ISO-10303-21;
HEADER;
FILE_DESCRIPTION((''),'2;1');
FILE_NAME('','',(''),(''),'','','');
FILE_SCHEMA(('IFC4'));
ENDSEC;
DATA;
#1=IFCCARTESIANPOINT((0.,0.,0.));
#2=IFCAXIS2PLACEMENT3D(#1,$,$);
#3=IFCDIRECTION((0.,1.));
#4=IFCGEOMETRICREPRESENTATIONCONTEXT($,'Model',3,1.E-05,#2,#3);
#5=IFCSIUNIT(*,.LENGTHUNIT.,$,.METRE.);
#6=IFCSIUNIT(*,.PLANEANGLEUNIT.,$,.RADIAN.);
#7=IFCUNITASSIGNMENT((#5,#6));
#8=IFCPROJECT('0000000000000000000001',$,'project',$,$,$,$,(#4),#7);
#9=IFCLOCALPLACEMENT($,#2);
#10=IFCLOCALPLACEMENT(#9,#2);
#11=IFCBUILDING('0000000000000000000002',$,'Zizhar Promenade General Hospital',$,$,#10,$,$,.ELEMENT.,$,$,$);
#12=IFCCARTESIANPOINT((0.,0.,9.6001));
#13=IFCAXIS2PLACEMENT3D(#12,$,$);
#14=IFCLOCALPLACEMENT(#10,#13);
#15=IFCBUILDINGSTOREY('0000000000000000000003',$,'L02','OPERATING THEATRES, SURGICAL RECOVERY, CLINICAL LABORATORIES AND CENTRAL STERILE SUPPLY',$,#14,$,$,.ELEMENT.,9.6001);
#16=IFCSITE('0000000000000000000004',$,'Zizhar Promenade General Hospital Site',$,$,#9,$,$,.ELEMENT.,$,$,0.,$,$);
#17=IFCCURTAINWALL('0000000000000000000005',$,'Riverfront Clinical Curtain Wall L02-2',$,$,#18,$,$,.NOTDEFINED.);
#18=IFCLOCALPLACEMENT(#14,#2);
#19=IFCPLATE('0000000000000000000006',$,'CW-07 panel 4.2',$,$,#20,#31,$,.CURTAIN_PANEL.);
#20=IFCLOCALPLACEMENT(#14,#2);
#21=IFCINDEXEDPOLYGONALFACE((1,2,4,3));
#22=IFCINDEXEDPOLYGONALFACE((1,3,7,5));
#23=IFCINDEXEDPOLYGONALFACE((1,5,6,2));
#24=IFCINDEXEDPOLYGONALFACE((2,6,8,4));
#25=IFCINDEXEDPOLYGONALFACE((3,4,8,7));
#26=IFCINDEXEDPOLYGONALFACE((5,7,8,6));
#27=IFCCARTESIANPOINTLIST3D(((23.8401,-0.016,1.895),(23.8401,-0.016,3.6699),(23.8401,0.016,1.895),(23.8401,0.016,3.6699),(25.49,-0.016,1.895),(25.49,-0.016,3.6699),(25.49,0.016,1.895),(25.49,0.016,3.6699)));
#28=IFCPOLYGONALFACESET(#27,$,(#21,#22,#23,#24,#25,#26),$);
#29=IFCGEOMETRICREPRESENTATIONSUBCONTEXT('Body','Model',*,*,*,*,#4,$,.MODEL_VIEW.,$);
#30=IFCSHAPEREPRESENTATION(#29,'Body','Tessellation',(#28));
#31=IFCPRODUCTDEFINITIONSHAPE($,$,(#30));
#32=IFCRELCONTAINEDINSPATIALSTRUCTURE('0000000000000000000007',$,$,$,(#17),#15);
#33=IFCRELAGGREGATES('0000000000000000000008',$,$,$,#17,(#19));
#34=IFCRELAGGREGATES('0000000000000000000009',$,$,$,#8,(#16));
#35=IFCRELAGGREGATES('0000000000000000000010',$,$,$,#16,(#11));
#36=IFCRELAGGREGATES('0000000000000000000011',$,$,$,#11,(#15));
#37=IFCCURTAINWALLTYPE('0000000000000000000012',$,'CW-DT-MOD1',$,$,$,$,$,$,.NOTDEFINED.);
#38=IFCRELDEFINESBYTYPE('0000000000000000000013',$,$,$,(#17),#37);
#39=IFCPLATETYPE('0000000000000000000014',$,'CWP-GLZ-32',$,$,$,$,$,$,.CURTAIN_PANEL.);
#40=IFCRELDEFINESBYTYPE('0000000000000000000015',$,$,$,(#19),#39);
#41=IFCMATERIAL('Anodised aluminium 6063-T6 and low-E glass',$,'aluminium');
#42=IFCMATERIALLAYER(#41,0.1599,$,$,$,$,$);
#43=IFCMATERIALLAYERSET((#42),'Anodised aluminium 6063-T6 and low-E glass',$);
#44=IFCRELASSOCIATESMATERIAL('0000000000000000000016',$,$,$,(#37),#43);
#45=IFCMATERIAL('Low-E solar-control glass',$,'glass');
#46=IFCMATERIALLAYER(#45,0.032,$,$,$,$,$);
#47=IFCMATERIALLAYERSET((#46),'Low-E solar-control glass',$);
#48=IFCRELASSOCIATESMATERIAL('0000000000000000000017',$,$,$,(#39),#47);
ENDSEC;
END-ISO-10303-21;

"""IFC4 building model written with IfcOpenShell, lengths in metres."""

from ifc_helpers import new_model, si_unit, direction, frame, origin, origin_2d, place, context, subcontext, project, spatial, rectangle, extrude, material, layer, layer_set, type_object, element, aggregate, save


model = new_model("IFC4")

# Units and contexts
model_context = context("Model", 3, precision=1e-05, world=origin(), true_north=direction((0.0, 1.0)))
body_context = subcontext(model_context, "Body", "Model", "MODEL_VIEW")
ifc_project = project(units=[si_unit("LENGTHUNIT", "METRE"), si_unit("PLANEANGLEUNIT", "RADIAN")], contexts=[model_context])

# Site, building, storey
site_placement = place(None, origin())
site = spatial("IfcSite", under=ifc_project, at=site_placement, Name="Zizhar Promenade General Hospital Site", CompositionType="ELEMENT", RefElevation=0.0)
building_placement = place(site_placement, origin())
building = spatial("IfcBuilding", under=site, at=building_placement, Name="Zizhar Promenade General Hospital", CompositionType="ELEMENT")
storey_placement = place(building_placement, frame((0.0, 0.0, 9.6001)))
storey = spatial("IfcBuildingStorey", under=building, at=storey_placement, Name="L02", Description="OPERATING THEATRES, SURGICAL RECOVERY, CLINICAL LABORATORIES AND CENTRAL STERILE SUPPLY", CompositionType="ELEMENT", Elevation=9.6001)

# Curtain wall, plate
ifc_material_1 = material(Name="Anodised aluminium 6063-T6 and low-E glass", Category="aluminium")
ifc_layer_1 = layer(ifc_material_1, 0.1599)
ifc_layer_set_1 = layer_set([ifc_layer_1], Name="Anodised aluminium 6063-T6 and low-E glass")
curtain_wall_type = type_object("IfcCurtainWallType", Name="CW-DT-MOD1", PredefinedType="NOTDEFINED", material=ifc_layer_set_1)
curtain_wall_placement = place(storey_placement, origin())
curtain_wall = element("IfcCurtainWall", 1, at=curtain_wall_placement, inside=storey, type_object=curtain_wall_type, Name="Riverfront Clinical Curtain Wall L02-2", PredefinedType="NOTDEFINED")
ifc_material_2 = material(Name="Low-E solar-control glass", Category="glass")
ifc_layer_2 = layer(ifc_material_2, 0.032)
ifc_layer_set_2 = layer_set([ifc_layer_2], Name="Low-E solar-control glass")
plate_type = type_object("IfcPlateType", Name="CWP-GLZ-32", PredefinedType="CURTAIN_PANEL", material=ifc_layer_set_2)
plate_1_placement = place(storey_placement, frame((24.665, 0.0, 1.895), z_axis=(0.0, 0.0, 1.0), x_axis=(-1.0, 0.0, 0.0)))
plate_1 = element("IfcPlate", 2, at=plate_1_placement, type_object=plate_type, Name="CW-07 panel 4.2", PredefinedType="CURTAIN_PANEL", context=body_context, shape_type="SweptSolid", body=[
    extrude(rectangle(XDim=1.6499, YDim=0.032, at=origin_2d()), origin(), (0.0, 0.0, 1.0), 1.7749),
])
aggregate(curtain_wall, [plate_1])

save(model, "model.ifc")
